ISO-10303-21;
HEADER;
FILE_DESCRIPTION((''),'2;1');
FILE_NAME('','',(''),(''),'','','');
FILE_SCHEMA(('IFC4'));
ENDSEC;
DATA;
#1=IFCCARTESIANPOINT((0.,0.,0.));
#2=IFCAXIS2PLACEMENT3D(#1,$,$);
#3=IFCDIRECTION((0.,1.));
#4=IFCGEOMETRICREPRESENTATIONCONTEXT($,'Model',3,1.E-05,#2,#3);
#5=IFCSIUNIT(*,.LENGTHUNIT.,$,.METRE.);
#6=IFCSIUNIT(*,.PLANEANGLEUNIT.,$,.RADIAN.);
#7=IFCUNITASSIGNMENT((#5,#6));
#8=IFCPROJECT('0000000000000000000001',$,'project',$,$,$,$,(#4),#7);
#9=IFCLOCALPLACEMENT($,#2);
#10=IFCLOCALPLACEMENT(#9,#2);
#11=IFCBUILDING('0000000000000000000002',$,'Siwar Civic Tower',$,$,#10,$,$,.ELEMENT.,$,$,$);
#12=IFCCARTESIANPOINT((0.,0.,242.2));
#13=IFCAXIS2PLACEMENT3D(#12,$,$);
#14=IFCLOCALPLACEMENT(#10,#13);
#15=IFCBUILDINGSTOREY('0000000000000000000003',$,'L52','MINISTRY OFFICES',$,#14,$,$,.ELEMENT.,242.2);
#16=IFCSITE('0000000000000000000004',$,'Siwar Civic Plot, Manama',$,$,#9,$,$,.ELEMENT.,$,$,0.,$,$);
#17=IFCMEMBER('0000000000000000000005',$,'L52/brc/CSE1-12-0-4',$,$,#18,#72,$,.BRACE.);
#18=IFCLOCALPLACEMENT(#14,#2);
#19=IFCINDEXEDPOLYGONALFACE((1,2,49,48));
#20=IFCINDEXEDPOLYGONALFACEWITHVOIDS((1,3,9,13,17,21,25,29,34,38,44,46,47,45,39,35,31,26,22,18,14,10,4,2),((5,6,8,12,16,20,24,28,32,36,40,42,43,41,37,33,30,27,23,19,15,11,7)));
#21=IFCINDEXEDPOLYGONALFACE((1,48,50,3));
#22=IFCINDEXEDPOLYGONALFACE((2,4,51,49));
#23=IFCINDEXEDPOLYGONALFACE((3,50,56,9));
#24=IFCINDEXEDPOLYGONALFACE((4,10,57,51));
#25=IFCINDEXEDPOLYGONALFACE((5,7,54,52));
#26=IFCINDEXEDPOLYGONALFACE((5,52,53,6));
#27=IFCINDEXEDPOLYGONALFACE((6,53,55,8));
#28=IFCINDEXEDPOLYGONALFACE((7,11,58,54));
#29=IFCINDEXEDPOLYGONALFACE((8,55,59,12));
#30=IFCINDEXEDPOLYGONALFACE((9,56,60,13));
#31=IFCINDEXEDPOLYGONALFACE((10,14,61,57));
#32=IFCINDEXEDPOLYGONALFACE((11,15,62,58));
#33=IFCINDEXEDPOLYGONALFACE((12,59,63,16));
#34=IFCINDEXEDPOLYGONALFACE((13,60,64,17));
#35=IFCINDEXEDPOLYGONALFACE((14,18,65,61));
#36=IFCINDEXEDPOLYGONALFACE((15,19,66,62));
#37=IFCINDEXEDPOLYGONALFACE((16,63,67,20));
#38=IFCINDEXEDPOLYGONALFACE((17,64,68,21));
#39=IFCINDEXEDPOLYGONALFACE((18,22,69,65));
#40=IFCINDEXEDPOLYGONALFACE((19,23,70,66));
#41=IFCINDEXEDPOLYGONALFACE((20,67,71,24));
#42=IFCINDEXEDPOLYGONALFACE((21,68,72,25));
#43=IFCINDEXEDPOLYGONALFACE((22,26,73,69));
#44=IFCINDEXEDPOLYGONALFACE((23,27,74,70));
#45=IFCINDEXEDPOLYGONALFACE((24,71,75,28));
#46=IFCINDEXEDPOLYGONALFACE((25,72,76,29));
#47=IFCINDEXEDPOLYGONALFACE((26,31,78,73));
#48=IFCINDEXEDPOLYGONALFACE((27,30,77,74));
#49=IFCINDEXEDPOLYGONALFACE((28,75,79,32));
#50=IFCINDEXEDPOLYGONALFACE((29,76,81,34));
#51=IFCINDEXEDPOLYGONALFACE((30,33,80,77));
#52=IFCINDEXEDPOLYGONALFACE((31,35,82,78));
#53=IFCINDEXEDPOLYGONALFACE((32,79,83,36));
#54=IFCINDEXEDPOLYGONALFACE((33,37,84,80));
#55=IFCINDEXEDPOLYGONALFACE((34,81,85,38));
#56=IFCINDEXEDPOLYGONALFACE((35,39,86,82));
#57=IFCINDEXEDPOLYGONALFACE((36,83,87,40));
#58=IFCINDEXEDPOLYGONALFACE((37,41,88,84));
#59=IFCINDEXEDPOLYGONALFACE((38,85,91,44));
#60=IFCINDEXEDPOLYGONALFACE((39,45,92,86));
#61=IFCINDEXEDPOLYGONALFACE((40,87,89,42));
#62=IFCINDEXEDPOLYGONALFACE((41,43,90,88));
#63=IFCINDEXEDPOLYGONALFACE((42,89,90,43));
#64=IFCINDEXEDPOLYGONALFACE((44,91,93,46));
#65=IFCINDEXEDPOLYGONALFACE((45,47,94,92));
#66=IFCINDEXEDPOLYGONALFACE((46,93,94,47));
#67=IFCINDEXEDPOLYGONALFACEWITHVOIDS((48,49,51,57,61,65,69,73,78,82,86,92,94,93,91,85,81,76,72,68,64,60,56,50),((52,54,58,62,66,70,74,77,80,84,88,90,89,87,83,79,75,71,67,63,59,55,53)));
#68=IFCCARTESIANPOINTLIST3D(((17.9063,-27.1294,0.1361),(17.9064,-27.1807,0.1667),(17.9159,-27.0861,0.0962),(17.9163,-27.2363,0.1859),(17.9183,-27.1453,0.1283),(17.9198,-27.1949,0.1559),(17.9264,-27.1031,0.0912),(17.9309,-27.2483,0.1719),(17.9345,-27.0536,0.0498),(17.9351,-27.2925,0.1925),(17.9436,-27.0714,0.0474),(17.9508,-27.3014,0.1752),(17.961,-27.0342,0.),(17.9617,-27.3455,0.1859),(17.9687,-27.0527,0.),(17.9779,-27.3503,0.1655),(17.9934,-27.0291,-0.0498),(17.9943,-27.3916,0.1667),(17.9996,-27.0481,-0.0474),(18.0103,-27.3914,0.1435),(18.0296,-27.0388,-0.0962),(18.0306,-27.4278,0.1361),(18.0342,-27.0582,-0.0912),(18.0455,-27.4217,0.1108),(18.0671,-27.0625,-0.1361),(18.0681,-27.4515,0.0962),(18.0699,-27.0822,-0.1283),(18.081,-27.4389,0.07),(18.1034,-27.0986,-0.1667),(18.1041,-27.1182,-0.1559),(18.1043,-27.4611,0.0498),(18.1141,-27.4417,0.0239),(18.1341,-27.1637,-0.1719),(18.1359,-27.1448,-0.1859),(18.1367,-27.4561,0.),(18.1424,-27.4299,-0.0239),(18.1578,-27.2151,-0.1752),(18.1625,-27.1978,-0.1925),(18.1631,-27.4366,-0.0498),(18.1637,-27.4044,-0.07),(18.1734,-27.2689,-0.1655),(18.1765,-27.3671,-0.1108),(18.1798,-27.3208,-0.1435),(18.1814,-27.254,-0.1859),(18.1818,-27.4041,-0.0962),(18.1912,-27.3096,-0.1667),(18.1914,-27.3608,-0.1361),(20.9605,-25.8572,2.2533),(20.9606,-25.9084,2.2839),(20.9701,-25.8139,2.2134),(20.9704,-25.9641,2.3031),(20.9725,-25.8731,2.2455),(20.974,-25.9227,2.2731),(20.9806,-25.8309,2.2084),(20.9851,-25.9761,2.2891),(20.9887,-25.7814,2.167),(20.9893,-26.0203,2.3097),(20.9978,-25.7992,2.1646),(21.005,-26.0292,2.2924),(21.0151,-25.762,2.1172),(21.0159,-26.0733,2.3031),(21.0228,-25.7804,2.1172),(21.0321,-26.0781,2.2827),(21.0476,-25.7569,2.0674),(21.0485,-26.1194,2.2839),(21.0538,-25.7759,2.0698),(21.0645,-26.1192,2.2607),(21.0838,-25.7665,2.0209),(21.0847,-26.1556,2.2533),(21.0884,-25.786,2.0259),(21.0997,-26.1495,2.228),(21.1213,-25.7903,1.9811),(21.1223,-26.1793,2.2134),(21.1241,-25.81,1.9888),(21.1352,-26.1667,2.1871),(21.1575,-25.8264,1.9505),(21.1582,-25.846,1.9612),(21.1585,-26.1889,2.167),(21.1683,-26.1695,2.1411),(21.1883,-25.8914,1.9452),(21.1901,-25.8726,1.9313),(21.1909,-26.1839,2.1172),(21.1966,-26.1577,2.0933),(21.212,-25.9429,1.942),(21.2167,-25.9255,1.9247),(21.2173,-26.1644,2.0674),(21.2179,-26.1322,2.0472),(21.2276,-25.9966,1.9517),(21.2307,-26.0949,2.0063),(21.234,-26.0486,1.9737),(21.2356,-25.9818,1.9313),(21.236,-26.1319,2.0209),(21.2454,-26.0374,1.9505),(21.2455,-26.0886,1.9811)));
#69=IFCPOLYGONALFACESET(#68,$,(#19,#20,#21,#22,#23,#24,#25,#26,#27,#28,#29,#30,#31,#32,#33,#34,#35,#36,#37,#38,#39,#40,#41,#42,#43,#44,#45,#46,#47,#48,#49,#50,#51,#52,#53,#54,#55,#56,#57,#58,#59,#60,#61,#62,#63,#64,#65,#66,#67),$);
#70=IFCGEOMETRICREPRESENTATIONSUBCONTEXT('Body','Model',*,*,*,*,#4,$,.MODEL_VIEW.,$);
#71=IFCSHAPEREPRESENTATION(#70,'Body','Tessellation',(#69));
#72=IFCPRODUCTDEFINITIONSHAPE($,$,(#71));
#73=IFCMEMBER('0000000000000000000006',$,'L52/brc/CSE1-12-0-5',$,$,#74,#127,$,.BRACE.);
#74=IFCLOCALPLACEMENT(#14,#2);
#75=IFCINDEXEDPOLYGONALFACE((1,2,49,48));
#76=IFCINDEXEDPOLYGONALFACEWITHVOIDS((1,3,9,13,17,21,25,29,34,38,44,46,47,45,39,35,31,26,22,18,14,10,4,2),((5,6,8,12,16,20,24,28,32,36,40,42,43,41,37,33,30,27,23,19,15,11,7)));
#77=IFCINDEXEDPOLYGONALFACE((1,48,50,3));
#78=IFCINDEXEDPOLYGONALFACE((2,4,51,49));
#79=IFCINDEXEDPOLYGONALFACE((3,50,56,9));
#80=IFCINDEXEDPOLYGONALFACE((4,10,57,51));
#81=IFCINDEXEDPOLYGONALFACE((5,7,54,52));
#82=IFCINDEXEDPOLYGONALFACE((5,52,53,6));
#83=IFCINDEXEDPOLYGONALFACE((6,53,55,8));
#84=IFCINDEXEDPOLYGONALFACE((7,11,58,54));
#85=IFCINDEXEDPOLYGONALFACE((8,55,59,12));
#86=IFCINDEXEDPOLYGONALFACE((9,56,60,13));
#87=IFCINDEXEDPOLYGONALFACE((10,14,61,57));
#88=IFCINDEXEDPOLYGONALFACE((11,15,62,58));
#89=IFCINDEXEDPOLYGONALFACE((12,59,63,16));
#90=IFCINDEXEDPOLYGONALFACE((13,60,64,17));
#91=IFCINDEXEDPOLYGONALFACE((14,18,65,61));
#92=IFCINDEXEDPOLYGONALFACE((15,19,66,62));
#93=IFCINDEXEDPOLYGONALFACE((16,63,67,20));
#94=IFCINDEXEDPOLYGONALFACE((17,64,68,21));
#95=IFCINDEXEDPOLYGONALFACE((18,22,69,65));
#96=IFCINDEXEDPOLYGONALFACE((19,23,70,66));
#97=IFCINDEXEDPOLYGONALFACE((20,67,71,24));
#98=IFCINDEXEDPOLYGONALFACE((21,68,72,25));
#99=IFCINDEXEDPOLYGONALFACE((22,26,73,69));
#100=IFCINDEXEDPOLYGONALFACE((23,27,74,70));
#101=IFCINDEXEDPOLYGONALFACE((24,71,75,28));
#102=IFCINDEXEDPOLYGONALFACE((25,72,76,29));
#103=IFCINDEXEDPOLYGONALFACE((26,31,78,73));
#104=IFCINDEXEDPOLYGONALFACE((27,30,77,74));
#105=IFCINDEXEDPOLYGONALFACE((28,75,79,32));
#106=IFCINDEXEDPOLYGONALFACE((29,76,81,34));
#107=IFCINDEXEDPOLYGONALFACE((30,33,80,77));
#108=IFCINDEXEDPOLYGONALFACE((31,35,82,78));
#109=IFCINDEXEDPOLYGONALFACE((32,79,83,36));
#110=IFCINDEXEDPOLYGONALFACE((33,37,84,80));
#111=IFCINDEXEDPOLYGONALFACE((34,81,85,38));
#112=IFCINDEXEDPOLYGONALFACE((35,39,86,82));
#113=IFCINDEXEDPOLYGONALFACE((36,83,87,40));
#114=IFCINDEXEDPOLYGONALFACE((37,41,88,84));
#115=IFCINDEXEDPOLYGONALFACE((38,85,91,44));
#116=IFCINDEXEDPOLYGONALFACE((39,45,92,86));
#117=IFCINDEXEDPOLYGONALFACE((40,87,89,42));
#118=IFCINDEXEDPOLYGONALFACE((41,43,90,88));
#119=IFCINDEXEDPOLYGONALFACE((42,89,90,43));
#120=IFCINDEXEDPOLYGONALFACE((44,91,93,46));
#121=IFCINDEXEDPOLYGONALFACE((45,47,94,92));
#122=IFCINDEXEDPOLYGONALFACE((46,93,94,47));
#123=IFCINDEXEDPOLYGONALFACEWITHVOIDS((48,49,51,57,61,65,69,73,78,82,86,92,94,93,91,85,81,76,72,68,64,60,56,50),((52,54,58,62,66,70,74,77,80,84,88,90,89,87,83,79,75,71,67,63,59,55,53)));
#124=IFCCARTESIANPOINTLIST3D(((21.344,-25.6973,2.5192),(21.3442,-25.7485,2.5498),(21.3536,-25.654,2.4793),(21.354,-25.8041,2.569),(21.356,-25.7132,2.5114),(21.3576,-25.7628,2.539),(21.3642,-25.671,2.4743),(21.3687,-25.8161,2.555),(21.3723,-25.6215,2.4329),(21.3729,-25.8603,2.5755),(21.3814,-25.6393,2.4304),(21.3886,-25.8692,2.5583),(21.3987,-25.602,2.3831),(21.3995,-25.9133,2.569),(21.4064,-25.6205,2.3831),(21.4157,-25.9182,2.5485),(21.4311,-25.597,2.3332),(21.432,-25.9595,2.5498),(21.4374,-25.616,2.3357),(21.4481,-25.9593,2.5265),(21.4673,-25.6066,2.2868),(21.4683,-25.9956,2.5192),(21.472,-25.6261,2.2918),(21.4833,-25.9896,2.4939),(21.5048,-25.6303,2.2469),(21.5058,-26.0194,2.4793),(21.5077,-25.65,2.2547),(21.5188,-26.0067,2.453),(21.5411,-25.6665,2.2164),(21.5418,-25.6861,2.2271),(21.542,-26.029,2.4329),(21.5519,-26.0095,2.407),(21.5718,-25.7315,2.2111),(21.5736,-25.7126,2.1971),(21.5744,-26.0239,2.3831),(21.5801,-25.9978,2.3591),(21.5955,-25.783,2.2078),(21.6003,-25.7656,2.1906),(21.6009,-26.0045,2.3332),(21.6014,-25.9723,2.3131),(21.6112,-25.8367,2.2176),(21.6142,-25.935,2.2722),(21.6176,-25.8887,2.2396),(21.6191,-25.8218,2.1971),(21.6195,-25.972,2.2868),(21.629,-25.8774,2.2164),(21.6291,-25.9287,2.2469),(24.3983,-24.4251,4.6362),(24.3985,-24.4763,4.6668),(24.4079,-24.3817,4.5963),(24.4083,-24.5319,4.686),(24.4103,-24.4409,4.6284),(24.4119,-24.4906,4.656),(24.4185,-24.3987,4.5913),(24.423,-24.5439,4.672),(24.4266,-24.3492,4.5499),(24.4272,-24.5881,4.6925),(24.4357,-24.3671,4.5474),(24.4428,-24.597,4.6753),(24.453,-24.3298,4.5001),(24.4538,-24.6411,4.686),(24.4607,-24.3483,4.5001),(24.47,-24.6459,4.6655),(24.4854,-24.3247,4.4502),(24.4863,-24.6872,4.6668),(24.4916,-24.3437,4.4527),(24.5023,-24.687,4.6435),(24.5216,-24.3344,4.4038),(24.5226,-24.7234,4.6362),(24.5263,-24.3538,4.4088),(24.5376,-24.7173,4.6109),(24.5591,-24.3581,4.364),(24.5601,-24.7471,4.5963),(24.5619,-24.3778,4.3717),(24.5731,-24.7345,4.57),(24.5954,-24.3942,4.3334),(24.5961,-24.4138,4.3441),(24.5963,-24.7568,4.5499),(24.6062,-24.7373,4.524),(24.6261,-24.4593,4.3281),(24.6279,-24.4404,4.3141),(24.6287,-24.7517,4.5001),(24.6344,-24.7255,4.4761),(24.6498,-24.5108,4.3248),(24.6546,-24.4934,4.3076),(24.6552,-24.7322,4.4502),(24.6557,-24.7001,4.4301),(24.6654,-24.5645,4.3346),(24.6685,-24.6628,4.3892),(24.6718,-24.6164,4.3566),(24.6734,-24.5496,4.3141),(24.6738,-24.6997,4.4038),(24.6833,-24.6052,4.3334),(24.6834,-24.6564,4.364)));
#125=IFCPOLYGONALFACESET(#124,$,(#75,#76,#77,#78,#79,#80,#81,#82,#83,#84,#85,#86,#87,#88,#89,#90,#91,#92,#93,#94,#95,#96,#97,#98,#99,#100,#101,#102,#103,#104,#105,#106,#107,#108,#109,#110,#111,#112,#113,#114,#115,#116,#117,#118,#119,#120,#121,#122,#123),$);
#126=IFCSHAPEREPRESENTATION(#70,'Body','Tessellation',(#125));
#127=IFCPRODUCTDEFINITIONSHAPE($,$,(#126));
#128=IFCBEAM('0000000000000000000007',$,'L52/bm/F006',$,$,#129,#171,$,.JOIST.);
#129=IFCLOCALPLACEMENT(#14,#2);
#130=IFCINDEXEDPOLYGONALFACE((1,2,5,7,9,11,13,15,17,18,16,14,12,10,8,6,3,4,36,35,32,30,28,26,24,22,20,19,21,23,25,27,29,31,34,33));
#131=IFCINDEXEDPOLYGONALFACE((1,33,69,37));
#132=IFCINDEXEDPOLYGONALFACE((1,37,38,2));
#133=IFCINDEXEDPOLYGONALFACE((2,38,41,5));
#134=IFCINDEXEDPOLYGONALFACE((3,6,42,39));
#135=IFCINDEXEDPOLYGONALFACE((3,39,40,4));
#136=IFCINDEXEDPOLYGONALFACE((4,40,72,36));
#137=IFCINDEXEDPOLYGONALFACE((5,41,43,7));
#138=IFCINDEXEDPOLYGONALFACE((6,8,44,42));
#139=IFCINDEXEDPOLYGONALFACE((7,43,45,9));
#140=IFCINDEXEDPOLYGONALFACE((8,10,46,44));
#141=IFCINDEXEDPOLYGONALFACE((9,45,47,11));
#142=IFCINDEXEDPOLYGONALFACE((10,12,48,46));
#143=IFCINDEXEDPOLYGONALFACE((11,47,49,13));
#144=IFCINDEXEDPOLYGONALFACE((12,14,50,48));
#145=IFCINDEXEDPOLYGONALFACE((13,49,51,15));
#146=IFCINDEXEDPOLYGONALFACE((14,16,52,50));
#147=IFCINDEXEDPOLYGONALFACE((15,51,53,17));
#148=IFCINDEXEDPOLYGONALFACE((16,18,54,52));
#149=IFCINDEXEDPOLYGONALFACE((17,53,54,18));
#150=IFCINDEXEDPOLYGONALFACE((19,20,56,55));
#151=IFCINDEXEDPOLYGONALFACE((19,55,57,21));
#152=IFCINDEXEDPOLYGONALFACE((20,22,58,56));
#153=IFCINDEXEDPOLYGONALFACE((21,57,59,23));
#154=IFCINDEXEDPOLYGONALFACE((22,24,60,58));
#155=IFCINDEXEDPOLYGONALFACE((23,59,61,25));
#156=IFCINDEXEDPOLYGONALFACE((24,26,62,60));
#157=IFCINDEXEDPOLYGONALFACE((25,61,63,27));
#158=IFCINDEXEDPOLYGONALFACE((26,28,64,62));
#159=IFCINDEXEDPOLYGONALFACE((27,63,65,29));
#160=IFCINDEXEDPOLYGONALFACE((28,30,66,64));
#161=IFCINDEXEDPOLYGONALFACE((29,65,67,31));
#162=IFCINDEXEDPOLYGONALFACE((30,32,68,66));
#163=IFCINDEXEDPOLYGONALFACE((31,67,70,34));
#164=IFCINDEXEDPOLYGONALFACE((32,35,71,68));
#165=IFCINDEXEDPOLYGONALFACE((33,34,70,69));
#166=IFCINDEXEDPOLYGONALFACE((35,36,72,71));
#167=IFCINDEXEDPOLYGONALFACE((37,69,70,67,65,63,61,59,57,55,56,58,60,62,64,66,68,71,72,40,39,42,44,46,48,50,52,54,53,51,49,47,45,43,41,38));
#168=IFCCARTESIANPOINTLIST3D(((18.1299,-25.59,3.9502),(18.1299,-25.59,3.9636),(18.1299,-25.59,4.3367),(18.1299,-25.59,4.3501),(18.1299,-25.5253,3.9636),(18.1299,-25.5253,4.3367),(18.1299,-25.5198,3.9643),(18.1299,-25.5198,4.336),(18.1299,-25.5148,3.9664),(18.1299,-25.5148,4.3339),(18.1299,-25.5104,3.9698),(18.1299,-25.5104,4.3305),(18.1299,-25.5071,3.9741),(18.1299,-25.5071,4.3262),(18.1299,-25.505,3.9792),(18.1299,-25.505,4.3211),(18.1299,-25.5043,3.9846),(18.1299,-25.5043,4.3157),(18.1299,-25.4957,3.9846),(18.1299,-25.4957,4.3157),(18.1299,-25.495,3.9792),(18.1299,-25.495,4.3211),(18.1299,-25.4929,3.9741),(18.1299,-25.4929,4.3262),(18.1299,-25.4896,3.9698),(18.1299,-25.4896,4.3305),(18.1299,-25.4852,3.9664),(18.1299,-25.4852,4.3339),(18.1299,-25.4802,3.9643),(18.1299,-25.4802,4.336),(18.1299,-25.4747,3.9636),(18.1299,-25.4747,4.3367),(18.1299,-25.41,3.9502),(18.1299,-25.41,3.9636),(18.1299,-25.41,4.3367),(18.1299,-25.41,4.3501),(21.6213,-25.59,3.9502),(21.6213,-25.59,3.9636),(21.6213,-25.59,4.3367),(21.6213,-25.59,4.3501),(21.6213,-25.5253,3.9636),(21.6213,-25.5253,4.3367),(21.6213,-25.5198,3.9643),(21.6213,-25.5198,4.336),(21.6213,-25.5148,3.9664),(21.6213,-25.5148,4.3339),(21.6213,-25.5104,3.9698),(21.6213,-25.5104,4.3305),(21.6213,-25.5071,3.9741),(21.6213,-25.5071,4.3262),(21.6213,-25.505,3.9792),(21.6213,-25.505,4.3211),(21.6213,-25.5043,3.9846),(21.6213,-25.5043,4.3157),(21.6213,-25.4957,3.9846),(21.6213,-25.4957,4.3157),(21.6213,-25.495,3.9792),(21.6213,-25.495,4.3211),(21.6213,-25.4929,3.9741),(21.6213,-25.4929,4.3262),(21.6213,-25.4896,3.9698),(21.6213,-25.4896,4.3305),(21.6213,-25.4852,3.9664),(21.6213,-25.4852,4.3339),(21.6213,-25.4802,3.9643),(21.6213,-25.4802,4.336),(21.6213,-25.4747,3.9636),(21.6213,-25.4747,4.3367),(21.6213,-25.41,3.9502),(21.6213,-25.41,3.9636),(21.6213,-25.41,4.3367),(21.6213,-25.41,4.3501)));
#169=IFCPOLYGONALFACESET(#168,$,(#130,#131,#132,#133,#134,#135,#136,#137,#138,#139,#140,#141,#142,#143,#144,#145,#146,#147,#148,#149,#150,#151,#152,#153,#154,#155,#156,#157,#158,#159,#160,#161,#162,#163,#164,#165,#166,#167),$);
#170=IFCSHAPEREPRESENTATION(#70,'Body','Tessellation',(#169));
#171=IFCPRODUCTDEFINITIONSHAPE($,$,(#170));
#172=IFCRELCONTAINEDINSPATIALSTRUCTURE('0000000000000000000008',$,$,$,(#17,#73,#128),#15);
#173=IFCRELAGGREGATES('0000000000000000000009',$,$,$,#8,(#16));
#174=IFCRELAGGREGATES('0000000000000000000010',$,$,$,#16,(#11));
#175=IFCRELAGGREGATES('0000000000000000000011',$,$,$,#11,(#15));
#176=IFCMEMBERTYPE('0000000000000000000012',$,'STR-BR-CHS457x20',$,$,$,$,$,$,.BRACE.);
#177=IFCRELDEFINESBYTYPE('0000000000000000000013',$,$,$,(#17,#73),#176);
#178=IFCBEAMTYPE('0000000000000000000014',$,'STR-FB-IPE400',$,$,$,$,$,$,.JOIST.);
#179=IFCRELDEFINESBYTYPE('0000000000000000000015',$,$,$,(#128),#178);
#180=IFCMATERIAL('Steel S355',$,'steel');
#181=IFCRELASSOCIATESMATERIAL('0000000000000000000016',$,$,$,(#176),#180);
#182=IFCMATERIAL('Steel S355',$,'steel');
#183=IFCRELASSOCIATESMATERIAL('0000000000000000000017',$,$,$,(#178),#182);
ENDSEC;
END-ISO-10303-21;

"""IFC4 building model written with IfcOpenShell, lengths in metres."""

from ifc_helpers import new_model, si_unit, direction, frame, origin, origin_2d, place, context, subcontext, project, spatial, hollow_circle, i_section, extrude, material, material_profile, profile_set, type_object, element, save


model = new_model("IFC4")

# Units and contexts
model_context = context("Model", 3, precision=1e-05, world=origin(), true_north=direction((0.0, 1.0)))
body_context = subcontext(model_context, "Body", "Model", "MODEL_VIEW")
ifc_project = project(units=[si_unit("LENGTHUNIT", "METRE"), si_unit("PLANEANGLEUNIT", "RADIAN")], contexts=[model_context])

# Site, building, storey
site_placement = place(None, origin())
site = spatial("IfcSite", under=ifc_project, at=site_placement, Name="Siwar Civic Plot, Manama", CompositionType="ELEMENT", RefElevation=0.0)
building_placement = place(site_placement, origin())
building = spatial("IfcBuilding", under=site, at=building_placement, Name="Siwar Civic Tower", CompositionType="ELEMENT")
storey_placement = place(building_placement, frame((0.0, 0.0, 242.2)))
storey = spatial("IfcBuildingStorey", under=building, at=storey_placement, Name="L52", Description="MINISTRY OFFICES", CompositionType="ELEMENT", Elevation=242.2)

# Members
ifc_material_1 = material(Name="Steel S355", Category="steel")
ifc_material_profile_1 = material_profile(ifc_material_1, hollow_circle(Radius=0.2285, WallThickness=0.02, at=origin_2d()), Name="CHS457x20")
ifc_profile_set_1 = profile_set([ifc_material_profile_1], Name="Steel S355")
member_type_1 = type_object("IfcMemberType", Name="STR-BR-CHS457x20", PredefinedType="BRACE", material=ifc_profile_set_1)
for number, where, z_axis, x_axis, name in (
    (1, (18.0488, -27.2451, 0.0), (0.777546, 0.323884, 0.538999), (-0.384521, 0.923116, 0.0), "L52/brc/CSE1-12-0-4"),
    (2, (21.4866, -25.813, 2.3831), (0.777572, 0.323895, 0.538955), (-0.384521, 0.923116, 0.0), "L52/brc/CSE1-12-0-5"),
):
    element("IfcMember", number, at=place(storey_placement, frame(where, z_axis=z_axis, x_axis=x_axis)), inside=storey, type_object=member_type_1, Name=name, PredefinedType="BRACE", context=body_context, shape_type="SweptSolid", body=[
        extrude(hollow_circle(Radius=0.2285, WallThickness=0.02, at=origin_2d()), origin(), (0.0, 0.0, 1.0), 3.928),
    ])

# Beam
ifc_material_2 = material(Name="Steel S355", Category="steel")
ifc_material_profile_2 = material_profile(ifc_material_2, i_section(OverallWidth=0.1799, OverallDepth=0.3999, WebThickness=0.0085, FlangeThickness=0.0134, FilletRadius=0.021, at=origin_2d()), Name="IPE400")
ifc_profile_set_2 = profile_set([ifc_material_profile_2], Name="Steel S355")
beam_type_1 = type_object("IfcBeamType", Name="STR-FB-IPE400", PredefinedType="JOIST", material=ifc_profile_set_2)
beam_1_placement = place(storey_placement, frame((18.1299, -25.5, 4.1501), z_axis=(1.0, 0.0, 0.0), x_axis=(0.0, 1.0, 0.0)))
element("IfcBeam", 3, at=beam_1_placement, inside=storey, type_object=beam_type_1, Name="L52/bm/F006", PredefinedType="JOIST", context=body_context, shape_type="SweptSolid", body=[
    extrude(i_section(OverallWidth=0.1799, OverallDepth=0.3999, WebThickness=0.0085, FlangeThickness=0.0134, FilletRadius=0.021, at=origin_2d()), origin(), (0.0, 0.0, 1.0), 3.4915),
])

save(model, "model.ifc")
